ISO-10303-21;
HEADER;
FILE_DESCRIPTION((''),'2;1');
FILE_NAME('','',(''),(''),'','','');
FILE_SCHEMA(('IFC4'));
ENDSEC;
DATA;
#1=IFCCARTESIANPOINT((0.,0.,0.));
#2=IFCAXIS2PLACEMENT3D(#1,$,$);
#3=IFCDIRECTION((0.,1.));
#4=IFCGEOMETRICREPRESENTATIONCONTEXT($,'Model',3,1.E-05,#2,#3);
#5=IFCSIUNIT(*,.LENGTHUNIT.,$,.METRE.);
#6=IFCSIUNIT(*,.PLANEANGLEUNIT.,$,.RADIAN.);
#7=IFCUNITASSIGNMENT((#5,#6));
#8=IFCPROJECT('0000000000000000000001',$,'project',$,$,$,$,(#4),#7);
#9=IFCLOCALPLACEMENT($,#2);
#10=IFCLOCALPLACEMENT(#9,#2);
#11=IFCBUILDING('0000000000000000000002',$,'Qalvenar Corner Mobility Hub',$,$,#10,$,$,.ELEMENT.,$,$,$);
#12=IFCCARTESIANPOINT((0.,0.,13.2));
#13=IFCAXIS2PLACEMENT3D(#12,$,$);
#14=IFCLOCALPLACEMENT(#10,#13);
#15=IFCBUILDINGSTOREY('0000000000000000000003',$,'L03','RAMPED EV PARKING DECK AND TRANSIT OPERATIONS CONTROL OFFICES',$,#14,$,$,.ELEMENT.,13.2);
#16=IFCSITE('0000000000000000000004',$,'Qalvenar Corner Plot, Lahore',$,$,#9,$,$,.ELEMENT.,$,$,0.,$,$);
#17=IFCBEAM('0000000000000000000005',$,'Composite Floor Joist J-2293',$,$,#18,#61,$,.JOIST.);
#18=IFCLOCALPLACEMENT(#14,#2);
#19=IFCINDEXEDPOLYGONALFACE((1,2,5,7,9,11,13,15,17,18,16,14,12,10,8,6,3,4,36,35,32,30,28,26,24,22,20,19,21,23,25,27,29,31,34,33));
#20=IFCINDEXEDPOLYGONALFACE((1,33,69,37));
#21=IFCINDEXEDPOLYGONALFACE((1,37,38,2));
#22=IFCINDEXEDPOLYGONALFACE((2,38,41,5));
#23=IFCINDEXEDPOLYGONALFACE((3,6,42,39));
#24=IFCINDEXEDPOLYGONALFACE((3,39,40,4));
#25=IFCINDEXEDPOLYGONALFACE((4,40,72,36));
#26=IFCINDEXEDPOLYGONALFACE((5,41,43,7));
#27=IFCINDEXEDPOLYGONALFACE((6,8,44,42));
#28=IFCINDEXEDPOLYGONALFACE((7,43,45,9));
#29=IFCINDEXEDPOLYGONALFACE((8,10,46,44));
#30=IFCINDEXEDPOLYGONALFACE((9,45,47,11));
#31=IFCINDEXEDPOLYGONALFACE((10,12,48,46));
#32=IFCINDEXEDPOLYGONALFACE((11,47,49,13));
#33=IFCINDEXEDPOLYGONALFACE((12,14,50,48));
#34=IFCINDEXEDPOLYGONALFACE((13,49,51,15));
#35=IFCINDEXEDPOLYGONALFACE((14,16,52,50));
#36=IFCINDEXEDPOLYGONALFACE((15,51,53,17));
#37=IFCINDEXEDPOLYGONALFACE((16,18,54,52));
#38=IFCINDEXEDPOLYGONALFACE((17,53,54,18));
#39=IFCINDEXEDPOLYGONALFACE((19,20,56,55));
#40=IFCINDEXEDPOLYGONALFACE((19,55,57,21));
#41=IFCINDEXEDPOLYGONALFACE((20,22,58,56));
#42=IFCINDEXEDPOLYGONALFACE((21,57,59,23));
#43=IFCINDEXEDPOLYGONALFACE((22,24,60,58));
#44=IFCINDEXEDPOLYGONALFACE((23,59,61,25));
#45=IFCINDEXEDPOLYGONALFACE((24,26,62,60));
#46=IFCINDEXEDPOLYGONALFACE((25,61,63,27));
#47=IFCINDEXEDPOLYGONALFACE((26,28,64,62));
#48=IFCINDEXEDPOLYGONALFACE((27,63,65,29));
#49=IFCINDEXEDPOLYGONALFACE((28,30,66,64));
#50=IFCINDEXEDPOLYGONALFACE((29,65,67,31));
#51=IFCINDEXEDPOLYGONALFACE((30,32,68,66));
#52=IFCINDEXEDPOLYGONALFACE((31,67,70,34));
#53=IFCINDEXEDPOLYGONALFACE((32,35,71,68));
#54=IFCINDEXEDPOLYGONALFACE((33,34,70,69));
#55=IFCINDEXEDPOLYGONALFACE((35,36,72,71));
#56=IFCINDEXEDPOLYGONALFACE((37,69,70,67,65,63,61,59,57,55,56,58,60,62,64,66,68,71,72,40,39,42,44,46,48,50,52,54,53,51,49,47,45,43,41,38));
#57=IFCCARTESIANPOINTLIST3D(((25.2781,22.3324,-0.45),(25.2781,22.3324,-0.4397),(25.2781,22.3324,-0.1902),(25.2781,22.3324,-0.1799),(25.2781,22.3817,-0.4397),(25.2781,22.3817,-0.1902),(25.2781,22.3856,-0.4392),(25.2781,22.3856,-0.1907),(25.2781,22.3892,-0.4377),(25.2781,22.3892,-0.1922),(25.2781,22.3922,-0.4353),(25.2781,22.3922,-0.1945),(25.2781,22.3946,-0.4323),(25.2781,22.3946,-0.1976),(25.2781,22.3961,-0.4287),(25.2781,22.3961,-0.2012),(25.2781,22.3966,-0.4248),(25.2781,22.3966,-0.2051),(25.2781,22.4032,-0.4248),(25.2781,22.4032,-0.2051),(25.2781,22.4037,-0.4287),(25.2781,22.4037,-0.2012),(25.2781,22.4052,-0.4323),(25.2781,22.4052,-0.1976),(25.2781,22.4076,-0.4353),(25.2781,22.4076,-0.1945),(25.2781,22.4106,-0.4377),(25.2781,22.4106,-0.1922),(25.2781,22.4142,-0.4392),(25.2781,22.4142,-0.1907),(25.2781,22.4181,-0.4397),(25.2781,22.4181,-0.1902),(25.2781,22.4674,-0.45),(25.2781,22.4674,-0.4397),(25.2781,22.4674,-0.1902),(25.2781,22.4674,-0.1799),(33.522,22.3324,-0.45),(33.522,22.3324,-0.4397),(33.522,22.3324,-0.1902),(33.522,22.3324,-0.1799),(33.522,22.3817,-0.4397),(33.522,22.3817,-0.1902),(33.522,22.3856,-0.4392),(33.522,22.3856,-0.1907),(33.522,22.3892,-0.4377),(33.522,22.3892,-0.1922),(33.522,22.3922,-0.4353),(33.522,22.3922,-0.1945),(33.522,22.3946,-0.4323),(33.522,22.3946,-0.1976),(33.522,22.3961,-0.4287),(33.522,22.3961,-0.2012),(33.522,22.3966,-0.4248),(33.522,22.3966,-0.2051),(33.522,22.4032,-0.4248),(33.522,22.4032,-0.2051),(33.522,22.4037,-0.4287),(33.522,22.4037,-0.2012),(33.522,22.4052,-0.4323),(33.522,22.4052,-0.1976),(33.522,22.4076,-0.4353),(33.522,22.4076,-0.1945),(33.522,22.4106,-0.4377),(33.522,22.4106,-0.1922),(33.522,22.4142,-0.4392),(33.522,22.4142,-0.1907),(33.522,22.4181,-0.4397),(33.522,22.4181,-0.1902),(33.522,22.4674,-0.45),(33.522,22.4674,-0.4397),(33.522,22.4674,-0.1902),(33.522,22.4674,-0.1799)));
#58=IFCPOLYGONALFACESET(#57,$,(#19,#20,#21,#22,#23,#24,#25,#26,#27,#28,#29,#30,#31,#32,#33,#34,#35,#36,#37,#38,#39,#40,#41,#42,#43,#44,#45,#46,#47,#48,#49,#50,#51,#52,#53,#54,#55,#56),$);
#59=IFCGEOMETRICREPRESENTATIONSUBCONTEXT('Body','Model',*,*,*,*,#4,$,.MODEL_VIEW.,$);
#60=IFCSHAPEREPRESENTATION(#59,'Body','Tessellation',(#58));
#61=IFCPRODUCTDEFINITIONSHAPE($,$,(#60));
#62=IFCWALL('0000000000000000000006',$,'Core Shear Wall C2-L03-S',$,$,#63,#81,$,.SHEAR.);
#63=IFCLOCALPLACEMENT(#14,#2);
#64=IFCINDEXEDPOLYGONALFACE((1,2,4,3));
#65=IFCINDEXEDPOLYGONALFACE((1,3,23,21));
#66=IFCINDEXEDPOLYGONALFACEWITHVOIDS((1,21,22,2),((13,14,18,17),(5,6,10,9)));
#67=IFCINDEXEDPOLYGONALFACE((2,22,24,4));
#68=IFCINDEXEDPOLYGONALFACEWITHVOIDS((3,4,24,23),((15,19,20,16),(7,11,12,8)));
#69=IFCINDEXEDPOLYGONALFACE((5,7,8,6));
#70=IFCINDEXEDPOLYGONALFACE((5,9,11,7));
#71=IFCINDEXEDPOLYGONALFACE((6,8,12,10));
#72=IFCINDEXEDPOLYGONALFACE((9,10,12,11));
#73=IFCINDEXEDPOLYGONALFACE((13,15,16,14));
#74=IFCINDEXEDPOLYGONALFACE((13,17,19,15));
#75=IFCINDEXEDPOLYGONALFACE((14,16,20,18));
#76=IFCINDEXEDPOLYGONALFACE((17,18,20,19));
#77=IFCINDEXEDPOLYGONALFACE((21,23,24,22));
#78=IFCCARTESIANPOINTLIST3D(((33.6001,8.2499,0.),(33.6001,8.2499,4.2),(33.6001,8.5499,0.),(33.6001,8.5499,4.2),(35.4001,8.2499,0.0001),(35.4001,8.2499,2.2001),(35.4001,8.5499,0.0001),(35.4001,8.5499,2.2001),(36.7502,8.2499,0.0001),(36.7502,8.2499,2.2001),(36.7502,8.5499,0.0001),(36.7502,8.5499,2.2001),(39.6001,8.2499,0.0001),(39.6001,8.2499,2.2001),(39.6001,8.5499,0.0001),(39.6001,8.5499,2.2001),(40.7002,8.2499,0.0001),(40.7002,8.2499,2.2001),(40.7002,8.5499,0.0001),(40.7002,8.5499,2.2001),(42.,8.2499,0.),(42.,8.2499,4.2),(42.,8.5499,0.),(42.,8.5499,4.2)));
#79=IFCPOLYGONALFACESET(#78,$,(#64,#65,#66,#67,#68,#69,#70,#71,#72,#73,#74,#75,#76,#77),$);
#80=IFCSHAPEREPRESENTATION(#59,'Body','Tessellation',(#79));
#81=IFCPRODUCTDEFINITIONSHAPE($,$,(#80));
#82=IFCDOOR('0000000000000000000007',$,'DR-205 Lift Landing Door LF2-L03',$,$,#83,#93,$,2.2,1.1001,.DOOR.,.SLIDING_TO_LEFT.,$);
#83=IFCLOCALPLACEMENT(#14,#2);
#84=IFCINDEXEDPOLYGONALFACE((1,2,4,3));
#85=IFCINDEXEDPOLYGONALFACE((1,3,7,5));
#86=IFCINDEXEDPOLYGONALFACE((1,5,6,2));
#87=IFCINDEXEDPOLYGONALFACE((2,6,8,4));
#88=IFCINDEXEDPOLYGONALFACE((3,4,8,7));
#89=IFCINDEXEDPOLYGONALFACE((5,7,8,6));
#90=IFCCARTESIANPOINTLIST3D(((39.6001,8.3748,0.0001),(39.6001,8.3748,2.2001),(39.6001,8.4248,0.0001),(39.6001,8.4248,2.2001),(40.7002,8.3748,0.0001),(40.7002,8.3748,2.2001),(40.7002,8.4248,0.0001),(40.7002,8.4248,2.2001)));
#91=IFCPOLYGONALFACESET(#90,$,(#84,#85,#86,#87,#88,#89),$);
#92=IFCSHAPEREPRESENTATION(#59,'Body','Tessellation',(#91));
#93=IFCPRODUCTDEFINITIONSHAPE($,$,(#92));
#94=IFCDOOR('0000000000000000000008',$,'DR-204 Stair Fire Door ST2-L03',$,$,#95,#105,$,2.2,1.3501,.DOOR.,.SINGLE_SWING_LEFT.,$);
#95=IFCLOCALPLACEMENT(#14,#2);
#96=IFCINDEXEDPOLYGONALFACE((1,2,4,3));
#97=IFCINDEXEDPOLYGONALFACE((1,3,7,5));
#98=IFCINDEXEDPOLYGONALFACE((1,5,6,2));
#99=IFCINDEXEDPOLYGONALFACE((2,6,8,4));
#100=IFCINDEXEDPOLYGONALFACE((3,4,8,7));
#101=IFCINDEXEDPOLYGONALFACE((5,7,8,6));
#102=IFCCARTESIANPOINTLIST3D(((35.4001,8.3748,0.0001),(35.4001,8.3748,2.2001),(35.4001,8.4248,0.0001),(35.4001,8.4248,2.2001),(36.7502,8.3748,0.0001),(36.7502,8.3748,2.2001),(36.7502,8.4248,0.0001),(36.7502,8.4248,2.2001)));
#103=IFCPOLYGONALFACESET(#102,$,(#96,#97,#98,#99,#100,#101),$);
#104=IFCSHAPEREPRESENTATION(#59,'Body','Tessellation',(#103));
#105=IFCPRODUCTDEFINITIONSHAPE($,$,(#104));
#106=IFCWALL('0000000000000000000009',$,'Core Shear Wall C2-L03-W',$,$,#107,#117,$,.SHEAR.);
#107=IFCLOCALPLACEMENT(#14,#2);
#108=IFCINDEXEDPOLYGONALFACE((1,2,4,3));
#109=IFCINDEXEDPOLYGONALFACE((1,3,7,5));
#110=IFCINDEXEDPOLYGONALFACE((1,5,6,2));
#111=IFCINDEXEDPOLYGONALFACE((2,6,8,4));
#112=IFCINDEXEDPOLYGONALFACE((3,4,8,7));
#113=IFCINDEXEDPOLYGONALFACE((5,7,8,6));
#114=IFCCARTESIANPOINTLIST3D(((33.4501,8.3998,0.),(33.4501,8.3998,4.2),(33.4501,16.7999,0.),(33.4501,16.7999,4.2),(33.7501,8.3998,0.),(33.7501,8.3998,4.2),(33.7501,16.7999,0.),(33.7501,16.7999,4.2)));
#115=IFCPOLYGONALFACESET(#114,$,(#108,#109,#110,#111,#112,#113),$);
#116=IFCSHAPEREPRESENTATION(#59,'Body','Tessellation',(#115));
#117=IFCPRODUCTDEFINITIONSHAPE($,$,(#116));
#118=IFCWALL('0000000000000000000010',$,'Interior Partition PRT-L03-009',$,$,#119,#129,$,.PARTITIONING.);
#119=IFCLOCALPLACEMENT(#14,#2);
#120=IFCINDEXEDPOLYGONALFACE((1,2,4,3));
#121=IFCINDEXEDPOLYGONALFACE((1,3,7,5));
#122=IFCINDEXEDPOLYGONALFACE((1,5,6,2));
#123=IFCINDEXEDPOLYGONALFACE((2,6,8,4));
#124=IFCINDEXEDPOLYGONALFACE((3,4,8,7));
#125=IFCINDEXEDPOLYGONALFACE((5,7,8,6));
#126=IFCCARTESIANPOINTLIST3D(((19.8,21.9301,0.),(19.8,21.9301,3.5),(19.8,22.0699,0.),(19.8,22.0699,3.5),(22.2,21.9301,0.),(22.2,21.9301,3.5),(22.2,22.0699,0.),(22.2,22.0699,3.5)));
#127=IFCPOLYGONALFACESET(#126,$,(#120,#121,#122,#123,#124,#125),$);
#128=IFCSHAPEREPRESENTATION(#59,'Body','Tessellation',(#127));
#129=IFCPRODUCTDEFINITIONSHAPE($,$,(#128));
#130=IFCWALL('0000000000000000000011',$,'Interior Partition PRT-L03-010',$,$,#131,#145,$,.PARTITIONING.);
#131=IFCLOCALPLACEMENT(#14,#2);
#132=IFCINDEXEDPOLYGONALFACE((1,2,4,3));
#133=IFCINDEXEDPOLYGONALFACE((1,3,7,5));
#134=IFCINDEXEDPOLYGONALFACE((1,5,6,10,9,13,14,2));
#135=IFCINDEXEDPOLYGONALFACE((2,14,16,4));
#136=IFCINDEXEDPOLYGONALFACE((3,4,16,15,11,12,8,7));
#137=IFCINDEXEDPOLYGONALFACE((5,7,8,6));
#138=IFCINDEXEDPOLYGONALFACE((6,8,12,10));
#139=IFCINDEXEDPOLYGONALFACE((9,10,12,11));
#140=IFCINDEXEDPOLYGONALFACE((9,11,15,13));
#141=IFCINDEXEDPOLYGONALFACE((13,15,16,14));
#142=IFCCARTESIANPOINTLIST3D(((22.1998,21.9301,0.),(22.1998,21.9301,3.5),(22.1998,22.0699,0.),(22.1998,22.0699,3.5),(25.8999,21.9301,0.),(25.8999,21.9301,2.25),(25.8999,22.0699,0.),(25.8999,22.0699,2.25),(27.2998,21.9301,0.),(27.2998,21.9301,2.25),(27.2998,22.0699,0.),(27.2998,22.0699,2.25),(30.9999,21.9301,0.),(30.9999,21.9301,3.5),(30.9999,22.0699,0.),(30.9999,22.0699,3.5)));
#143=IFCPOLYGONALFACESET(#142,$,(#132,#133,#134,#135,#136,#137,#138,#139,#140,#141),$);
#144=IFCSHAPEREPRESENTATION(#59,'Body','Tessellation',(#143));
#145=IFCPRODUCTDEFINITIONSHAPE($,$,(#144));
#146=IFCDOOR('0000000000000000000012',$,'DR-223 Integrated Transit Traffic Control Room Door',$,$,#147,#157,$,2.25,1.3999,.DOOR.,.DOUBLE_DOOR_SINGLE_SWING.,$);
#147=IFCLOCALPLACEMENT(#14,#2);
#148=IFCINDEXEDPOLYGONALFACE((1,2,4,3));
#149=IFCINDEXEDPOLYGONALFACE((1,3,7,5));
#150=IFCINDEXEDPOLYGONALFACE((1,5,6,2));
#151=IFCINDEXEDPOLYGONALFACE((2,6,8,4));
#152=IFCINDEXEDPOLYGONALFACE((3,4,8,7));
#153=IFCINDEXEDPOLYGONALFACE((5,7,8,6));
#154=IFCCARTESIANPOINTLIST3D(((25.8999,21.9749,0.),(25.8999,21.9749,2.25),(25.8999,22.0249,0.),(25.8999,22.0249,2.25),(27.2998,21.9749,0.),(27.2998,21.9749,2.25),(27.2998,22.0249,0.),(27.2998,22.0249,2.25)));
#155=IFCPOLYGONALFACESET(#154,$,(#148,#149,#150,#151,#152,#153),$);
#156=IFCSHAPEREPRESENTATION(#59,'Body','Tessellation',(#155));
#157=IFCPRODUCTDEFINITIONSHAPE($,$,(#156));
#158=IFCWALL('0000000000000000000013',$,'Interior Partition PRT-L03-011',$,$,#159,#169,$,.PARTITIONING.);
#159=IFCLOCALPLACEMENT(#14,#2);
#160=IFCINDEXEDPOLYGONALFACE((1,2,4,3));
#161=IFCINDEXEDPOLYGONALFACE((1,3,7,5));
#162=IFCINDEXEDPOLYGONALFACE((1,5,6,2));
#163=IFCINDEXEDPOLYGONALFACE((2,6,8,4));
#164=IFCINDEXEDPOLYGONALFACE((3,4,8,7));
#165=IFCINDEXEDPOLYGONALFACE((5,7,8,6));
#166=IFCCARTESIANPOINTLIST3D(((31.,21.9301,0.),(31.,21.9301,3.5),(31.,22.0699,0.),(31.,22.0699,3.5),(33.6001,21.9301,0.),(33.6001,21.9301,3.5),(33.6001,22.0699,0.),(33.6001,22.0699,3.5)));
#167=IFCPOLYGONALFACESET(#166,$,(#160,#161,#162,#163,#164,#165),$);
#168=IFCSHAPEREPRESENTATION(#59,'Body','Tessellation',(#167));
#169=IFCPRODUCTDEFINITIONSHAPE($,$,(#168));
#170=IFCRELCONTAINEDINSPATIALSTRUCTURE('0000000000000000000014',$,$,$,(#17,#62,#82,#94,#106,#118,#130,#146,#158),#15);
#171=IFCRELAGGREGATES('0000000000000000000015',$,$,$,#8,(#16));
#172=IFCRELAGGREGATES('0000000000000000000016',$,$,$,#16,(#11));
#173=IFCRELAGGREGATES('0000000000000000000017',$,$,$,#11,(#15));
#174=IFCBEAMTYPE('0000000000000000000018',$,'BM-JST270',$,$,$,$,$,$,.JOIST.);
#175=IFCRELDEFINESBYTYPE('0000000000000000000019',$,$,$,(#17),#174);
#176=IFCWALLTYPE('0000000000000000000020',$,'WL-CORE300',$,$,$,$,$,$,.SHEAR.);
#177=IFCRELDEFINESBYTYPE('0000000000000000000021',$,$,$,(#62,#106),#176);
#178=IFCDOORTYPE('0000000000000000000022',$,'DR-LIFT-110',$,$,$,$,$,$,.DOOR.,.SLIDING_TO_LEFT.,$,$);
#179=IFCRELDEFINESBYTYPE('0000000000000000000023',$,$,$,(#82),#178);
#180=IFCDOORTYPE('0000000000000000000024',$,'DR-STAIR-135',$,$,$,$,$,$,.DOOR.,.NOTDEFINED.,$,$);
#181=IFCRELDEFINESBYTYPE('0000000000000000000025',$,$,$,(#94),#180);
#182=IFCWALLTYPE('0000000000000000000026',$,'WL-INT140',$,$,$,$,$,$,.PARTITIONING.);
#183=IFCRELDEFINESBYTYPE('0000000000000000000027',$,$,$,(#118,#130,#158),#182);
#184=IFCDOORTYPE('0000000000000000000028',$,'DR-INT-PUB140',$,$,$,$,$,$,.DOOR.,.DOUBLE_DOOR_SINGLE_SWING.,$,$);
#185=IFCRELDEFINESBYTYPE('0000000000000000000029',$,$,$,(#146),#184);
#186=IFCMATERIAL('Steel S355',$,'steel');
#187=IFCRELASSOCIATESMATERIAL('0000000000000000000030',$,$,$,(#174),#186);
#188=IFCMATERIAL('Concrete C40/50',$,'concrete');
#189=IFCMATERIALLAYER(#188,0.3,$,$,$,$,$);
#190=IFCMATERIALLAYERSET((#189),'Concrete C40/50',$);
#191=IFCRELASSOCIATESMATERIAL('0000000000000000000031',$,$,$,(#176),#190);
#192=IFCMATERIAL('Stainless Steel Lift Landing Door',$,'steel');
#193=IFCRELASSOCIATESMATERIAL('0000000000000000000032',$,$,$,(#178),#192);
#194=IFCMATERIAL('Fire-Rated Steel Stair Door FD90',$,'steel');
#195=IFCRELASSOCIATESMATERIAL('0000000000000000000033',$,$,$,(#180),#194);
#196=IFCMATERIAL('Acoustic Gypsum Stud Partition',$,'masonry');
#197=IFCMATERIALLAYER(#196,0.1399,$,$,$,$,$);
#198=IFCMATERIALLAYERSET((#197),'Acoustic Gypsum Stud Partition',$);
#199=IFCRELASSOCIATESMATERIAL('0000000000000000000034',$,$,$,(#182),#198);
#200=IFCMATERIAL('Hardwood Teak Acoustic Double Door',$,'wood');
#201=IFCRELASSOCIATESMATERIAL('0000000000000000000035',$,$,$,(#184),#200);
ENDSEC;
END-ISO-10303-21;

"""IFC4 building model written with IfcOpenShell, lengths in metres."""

from ifc_helpers import new_model, si_unit, direction, frame, frame_2d, origin, origin_2d, place, context, subcontext, project, spatial, rectangle, i_section, extrude, material, layer, layer_set, material_profile, profile_set, type_object, element, fill, save


model = new_model("IFC4")

# Units and contexts
model_context = context("Model", 3, precision=1e-05, world=origin(), true_north=direction((0.0, 1.0)))
body_context = subcontext(model_context, "Body", "Model", "MODEL_VIEW")
ifc_project = project(units=[si_unit("LENGTHUNIT", "METRE"), si_unit("PLANEANGLEUNIT", "RADIAN")], contexts=[model_context])

# Site, building, storey
site_placement = place(None, origin())
site = spatial("IfcSite", under=ifc_project, at=site_placement, Name="Qalvenar Corner Plot, Lahore", CompositionType="ELEMENT", RefElevation=0.0)
building_placement = place(site_placement, origin())
building = spatial("IfcBuilding", under=site, at=building_placement, Name="Qalvenar Corner Mobility Hub", CompositionType="ELEMENT")
storey_placement = place(building_placement, frame((0.0, 0.0, 13.2)))
storey = spatial("IfcBuildingStorey", under=building, at=storey_placement, Name="L03", Description="RAMPED EV PARKING DECK AND TRANSIT OPERATIONS CONTROL OFFICES", CompositionType="ELEMENT", Elevation=13.2)

# Shared definitions
ifc_material_1 = material(Name="Steel S355", Category="steel")

# Beam
ifc_material_profile_1 = material_profile(ifc_material_1, i_section(OverallWidth=0.135, OverallDepth=0.27, WebThickness=0.0066, FlangeThickness=0.0103, FilletRadius=0.0149, at=origin_2d()), Name="IPE270")
ifc_profile_set_1 = profile_set([ifc_material_profile_1], Name="Steel S355")
beam_type_1 = type_object("IfcBeamType", Name="BM-JST270", PredefinedType="JOIST", material=ifc_profile_set_1)
for number, where, z_axis, x_axis, name in (
    (1, (25.2781, 22.3999, -0.3149), (1.0, 0.0, 0.0), (0.0, 1.0, 0.0), "Composite Floor Joist J-2293"),
):
    element("IfcBeam", number, at=place(storey_placement, frame(where, z_axis=z_axis, x_axis=x_axis)), inside=storey, type_object=beam_type_1, Name=name, PredefinedType="JOIST", context=body_context, shape_type="SweptSolid", body=[
        extrude(i_section(OverallWidth=0.135, OverallDepth=0.27, WebThickness=0.0066, FlangeThickness=0.0103, FilletRadius=0.0149, at=origin_2d()), origin(), (0.0, 0.0, 1.0), 8.2439),
    ])

# Wall, openings, doors
ifc_material_2 = material(Name="Concrete C40/50", Category="concrete")
ifc_layer_1 = layer(ifc_material_2, 0.3)
ifc_layer_set_1 = layer_set([ifc_layer_1], Name="Concrete C40/50")
wall_type_1 = type_object("IfcWallType", Name="WL-CORE300", PredefinedType="SHEAR", material=ifc_layer_set_1)
wall_1_placement = place(storey_placement, frame((33.6001, 8.3999, 0.0), z_axis=(0.0, 0.0, 1.0), x_axis=(1.0, 0.0, 0.0)))
wall_1 = element("IfcWall", 2, at=wall_1_placement, inside=storey, type_object=wall_type_1, Name="Core Shear Wall C2-L03-S", PredefinedType="SHEAR", context=body_context, shape_type="SweptSolid", body=[
    extrude(rectangle(XDim=8.3999, YDim=0.3, at=frame_2d((4.2, 0.0))), origin(), (0.0, 0.0, 1.0), 4.2),
])
opening_1_placement = place(wall_1_placement, frame((1.8, 0.0, 0.0)))
opening_1 = element("IfcOpeningElement", 3, at=opening_1_placement, cuts=wall_1, PredefinedType="OPENING", context=body_context, shape_type="SweptSolid", body=[
    extrude(rectangle(XDim=1.3501, YDim=2.2, at=frame_2d((0.675, 1.1001))), frame((0.0, 0.1602, 0.0), z_axis=(0.0, -1.0, 0.0), x_axis=(1.0, 0.0, 0.0)), (0.0, 0.0, 1.0), 0.3201),
])
opening_2_placement = place(wall_1_placement, frame((6.0, 0.0, 0.0)))
opening_2 = element("IfcOpeningElement", 4, at=opening_2_placement, cuts=wall_1, PredefinedType="OPENING", context=body_context, shape_type="SweptSolid", body=[
    extrude(rectangle(XDim=1.1001, YDim=2.2, at=frame_2d((0.55, 1.1001))), frame((0.0, 0.1602, 0.0), z_axis=(0.0, -1.0, 0.0), x_axis=(1.0, 0.0, 0.0)), (0.0, 0.0, 1.0), 0.3201),
])
ifc_material_3 = material(Name="Stainless Steel Lift Landing Door", Category="steel")
door_type_1 = type_object("IfcDoorType", Name="DR-LIFT-110", OperationType="SLIDING_TO_LEFT", PredefinedType="DOOR", material=ifc_material_3)
door_1_placement = place(opening_2_placement, origin())
door_1 = element("IfcDoor", 5, at=door_1_placement, inside=storey, type_object=door_type_1, Name="DR-205 Lift Landing Door LF2-L03", OperationType="SLIDING_TO_LEFT", OverallHeight=2.2, OverallWidth=1.1001, PredefinedType="DOOR", context=body_context, shape_type="SweptSolid", body=[
    extrude(rectangle(XDim=1.1001, YDim=2.2, at=frame_2d((0.55, 1.1001))), frame((0.0, 0.0249, 0.0), z_axis=(0.0, -1.0, 0.0), x_axis=(1.0, 0.0, 0.0)), (0.0, 0.0, 1.0), 0.05),
])
fill(opening_2, door_1)
ifc_material_4 = material(Name="Fire-Rated Steel Stair Door FD90", Category="steel")
door_type_2 = type_object("IfcDoorType", Name="DR-STAIR-135", OperationType="NOTDEFINED", PredefinedType="DOOR", material=ifc_material_4)
door_2_placement = place(opening_1_placement, origin())
door_2 = element("IfcDoor", 6, at=door_2_placement, inside=storey, type_object=door_type_2, Name="DR-204 Stair Fire Door ST2-L03", OperationType="SINGLE_SWING_LEFT", OverallHeight=2.2, OverallWidth=1.3501, PredefinedType="DOOR", context=body_context, shape_type="SweptSolid", body=[
    extrude(rectangle(XDim=1.3501, YDim=2.2, at=frame_2d((0.675, 1.1001))), frame((0.0, 0.0249, 0.0), z_axis=(0.0, -1.0, 0.0), x_axis=(1.0, 0.0, 0.0)), (0.0, 0.0, 1.0), 0.05),
])
fill(opening_1, door_2)

# Walls
wall_2_placement = place(storey_placement, frame((33.6001, 16.8, 0.0), z_axis=(0.0, 0.0, 1.0), x_axis=(0.0, -1.0, 0.0)))
element("IfcWall", 7, at=wall_2_placement, inside=storey, type_object=wall_type_1, Name="Core Shear Wall C2-L03-W", PredefinedType="SHEAR", context=body_context, shape_type="SweptSolid", body=[
    extrude(rectangle(XDim=8.4001, YDim=0.3, at=frame_2d((4.2002, 0.0))), origin(), (0.0, 0.0, 1.0), 4.2),
])
ifc_material_5 = material(Name="Acoustic Gypsum Stud Partition", Category="masonry")
ifc_layer_2 = layer(ifc_material_5, 0.1399)
ifc_layer_set_2 = layer_set([ifc_layer_2], Name="Acoustic Gypsum Stud Partition")
wall_type_2 = type_object("IfcWallType", Name="WL-INT140", PredefinedType="PARTITIONING", material=ifc_layer_set_2)
wall_3_placement = place(storey_placement, frame((19.8, 22.0, 0.0), z_axis=(0.0, 0.0, 1.0), x_axis=(1.0, 0.0, 0.0)))
element("IfcWall", 8, at=wall_3_placement, inside=storey, type_object=wall_type_2, Name="Interior Partition PRT-L03-009", PredefinedType="PARTITIONING", context=body_context, shape_type="SweptSolid", body=[
    extrude(rectangle(XDim=2.3999, YDim=0.1399, at=frame_2d((1.2, 0.0))), origin(), (0.0, 0.0, 1.0), 3.5),
])

# Wall, opening, door
wall_4_placement = place(storey_placement, frame((22.2, 22.0, 0.0), z_axis=(0.0, 0.0, 1.0), x_axis=(1.0, 0.0, 0.0)))
wall_4 = element("IfcWall", 9, at=wall_4_placement, inside=storey, type_object=wall_type_2, Name="Interior Partition PRT-L03-010", PredefinedType="PARTITIONING", context=body_context, shape_type="SweptSolid", body=[
    extrude(rectangle(XDim=8.8, YDim=0.1399, at=frame_2d((4.3999, 0.0))), origin(), (0.0, 0.0, 1.0), 3.5),
])
opening_3_placement = place(wall_4_placement, frame((3.7, 0.0, 0.0)))
opening_3 = element("IfcOpeningElement", 10, at=opening_3_placement, cuts=wall_4, PredefinedType="OPENING", context=body_context, shape_type="SweptSolid", body=[
    extrude(rectangle(XDim=1.3999, YDim=2.25, at=frame_2d((0.7, 1.125))), frame((0.0, 0.0801, 0.0), z_axis=(0.0, -1.0, 0.0), x_axis=(1.0, 0.0, 0.0)), (0.0, 0.0, 1.0), 0.1599),
])
ifc_material_6 = material(Name="Hardwood Teak Acoustic Double Door", Category="wood")
door_type_3 = type_object("IfcDoorType", Name="DR-INT-PUB140", OperationType="DOUBLE_DOOR_SINGLE_SWING", PredefinedType="DOOR", material=ifc_material_6)
door_3_placement = place(opening_3_placement, origin())
door_3 = element("IfcDoor", 11, at=door_3_placement, inside=storey, type_object=door_type_3, Name="DR-223 Integrated Transit Traffic Control Room Door", OperationType="DOUBLE_DOOR_SINGLE_SWING", OverallHeight=2.25, OverallWidth=1.3999, PredefinedType="DOOR", context=body_context, shape_type="SweptSolid", body=[
    extrude(rectangle(XDim=1.3999, YDim=2.25, at=frame_2d((0.7, 1.125))), frame((0.0, 0.0249, 0.0), z_axis=(0.0, -1.0, 0.0), x_axis=(1.0, 0.0, 0.0)), (0.0, 0.0, 1.0), 0.05),
])
fill(opening_3, door_3)

# Wall
wall_5_placement = place(storey_placement, frame((31.0, 22.0, 0.0), z_axis=(0.0, 0.0, 1.0), x_axis=(1.0, 0.0, 0.0)))
element("IfcWall", 12, at=wall_5_placement, inside=storey, type_object=wall_type_2, Name="Interior Partition PRT-L03-011", PredefinedType="PARTITIONING", context=body_context, shape_type="SweptSolid", body=[
    extrude(rectangle(XDim=2.6001, YDim=0.1399, at=frame_2d((1.3, 0.0))), origin(), (0.0, 0.0, 1.0), 3.5),
])

save(model, "model.ifc")
